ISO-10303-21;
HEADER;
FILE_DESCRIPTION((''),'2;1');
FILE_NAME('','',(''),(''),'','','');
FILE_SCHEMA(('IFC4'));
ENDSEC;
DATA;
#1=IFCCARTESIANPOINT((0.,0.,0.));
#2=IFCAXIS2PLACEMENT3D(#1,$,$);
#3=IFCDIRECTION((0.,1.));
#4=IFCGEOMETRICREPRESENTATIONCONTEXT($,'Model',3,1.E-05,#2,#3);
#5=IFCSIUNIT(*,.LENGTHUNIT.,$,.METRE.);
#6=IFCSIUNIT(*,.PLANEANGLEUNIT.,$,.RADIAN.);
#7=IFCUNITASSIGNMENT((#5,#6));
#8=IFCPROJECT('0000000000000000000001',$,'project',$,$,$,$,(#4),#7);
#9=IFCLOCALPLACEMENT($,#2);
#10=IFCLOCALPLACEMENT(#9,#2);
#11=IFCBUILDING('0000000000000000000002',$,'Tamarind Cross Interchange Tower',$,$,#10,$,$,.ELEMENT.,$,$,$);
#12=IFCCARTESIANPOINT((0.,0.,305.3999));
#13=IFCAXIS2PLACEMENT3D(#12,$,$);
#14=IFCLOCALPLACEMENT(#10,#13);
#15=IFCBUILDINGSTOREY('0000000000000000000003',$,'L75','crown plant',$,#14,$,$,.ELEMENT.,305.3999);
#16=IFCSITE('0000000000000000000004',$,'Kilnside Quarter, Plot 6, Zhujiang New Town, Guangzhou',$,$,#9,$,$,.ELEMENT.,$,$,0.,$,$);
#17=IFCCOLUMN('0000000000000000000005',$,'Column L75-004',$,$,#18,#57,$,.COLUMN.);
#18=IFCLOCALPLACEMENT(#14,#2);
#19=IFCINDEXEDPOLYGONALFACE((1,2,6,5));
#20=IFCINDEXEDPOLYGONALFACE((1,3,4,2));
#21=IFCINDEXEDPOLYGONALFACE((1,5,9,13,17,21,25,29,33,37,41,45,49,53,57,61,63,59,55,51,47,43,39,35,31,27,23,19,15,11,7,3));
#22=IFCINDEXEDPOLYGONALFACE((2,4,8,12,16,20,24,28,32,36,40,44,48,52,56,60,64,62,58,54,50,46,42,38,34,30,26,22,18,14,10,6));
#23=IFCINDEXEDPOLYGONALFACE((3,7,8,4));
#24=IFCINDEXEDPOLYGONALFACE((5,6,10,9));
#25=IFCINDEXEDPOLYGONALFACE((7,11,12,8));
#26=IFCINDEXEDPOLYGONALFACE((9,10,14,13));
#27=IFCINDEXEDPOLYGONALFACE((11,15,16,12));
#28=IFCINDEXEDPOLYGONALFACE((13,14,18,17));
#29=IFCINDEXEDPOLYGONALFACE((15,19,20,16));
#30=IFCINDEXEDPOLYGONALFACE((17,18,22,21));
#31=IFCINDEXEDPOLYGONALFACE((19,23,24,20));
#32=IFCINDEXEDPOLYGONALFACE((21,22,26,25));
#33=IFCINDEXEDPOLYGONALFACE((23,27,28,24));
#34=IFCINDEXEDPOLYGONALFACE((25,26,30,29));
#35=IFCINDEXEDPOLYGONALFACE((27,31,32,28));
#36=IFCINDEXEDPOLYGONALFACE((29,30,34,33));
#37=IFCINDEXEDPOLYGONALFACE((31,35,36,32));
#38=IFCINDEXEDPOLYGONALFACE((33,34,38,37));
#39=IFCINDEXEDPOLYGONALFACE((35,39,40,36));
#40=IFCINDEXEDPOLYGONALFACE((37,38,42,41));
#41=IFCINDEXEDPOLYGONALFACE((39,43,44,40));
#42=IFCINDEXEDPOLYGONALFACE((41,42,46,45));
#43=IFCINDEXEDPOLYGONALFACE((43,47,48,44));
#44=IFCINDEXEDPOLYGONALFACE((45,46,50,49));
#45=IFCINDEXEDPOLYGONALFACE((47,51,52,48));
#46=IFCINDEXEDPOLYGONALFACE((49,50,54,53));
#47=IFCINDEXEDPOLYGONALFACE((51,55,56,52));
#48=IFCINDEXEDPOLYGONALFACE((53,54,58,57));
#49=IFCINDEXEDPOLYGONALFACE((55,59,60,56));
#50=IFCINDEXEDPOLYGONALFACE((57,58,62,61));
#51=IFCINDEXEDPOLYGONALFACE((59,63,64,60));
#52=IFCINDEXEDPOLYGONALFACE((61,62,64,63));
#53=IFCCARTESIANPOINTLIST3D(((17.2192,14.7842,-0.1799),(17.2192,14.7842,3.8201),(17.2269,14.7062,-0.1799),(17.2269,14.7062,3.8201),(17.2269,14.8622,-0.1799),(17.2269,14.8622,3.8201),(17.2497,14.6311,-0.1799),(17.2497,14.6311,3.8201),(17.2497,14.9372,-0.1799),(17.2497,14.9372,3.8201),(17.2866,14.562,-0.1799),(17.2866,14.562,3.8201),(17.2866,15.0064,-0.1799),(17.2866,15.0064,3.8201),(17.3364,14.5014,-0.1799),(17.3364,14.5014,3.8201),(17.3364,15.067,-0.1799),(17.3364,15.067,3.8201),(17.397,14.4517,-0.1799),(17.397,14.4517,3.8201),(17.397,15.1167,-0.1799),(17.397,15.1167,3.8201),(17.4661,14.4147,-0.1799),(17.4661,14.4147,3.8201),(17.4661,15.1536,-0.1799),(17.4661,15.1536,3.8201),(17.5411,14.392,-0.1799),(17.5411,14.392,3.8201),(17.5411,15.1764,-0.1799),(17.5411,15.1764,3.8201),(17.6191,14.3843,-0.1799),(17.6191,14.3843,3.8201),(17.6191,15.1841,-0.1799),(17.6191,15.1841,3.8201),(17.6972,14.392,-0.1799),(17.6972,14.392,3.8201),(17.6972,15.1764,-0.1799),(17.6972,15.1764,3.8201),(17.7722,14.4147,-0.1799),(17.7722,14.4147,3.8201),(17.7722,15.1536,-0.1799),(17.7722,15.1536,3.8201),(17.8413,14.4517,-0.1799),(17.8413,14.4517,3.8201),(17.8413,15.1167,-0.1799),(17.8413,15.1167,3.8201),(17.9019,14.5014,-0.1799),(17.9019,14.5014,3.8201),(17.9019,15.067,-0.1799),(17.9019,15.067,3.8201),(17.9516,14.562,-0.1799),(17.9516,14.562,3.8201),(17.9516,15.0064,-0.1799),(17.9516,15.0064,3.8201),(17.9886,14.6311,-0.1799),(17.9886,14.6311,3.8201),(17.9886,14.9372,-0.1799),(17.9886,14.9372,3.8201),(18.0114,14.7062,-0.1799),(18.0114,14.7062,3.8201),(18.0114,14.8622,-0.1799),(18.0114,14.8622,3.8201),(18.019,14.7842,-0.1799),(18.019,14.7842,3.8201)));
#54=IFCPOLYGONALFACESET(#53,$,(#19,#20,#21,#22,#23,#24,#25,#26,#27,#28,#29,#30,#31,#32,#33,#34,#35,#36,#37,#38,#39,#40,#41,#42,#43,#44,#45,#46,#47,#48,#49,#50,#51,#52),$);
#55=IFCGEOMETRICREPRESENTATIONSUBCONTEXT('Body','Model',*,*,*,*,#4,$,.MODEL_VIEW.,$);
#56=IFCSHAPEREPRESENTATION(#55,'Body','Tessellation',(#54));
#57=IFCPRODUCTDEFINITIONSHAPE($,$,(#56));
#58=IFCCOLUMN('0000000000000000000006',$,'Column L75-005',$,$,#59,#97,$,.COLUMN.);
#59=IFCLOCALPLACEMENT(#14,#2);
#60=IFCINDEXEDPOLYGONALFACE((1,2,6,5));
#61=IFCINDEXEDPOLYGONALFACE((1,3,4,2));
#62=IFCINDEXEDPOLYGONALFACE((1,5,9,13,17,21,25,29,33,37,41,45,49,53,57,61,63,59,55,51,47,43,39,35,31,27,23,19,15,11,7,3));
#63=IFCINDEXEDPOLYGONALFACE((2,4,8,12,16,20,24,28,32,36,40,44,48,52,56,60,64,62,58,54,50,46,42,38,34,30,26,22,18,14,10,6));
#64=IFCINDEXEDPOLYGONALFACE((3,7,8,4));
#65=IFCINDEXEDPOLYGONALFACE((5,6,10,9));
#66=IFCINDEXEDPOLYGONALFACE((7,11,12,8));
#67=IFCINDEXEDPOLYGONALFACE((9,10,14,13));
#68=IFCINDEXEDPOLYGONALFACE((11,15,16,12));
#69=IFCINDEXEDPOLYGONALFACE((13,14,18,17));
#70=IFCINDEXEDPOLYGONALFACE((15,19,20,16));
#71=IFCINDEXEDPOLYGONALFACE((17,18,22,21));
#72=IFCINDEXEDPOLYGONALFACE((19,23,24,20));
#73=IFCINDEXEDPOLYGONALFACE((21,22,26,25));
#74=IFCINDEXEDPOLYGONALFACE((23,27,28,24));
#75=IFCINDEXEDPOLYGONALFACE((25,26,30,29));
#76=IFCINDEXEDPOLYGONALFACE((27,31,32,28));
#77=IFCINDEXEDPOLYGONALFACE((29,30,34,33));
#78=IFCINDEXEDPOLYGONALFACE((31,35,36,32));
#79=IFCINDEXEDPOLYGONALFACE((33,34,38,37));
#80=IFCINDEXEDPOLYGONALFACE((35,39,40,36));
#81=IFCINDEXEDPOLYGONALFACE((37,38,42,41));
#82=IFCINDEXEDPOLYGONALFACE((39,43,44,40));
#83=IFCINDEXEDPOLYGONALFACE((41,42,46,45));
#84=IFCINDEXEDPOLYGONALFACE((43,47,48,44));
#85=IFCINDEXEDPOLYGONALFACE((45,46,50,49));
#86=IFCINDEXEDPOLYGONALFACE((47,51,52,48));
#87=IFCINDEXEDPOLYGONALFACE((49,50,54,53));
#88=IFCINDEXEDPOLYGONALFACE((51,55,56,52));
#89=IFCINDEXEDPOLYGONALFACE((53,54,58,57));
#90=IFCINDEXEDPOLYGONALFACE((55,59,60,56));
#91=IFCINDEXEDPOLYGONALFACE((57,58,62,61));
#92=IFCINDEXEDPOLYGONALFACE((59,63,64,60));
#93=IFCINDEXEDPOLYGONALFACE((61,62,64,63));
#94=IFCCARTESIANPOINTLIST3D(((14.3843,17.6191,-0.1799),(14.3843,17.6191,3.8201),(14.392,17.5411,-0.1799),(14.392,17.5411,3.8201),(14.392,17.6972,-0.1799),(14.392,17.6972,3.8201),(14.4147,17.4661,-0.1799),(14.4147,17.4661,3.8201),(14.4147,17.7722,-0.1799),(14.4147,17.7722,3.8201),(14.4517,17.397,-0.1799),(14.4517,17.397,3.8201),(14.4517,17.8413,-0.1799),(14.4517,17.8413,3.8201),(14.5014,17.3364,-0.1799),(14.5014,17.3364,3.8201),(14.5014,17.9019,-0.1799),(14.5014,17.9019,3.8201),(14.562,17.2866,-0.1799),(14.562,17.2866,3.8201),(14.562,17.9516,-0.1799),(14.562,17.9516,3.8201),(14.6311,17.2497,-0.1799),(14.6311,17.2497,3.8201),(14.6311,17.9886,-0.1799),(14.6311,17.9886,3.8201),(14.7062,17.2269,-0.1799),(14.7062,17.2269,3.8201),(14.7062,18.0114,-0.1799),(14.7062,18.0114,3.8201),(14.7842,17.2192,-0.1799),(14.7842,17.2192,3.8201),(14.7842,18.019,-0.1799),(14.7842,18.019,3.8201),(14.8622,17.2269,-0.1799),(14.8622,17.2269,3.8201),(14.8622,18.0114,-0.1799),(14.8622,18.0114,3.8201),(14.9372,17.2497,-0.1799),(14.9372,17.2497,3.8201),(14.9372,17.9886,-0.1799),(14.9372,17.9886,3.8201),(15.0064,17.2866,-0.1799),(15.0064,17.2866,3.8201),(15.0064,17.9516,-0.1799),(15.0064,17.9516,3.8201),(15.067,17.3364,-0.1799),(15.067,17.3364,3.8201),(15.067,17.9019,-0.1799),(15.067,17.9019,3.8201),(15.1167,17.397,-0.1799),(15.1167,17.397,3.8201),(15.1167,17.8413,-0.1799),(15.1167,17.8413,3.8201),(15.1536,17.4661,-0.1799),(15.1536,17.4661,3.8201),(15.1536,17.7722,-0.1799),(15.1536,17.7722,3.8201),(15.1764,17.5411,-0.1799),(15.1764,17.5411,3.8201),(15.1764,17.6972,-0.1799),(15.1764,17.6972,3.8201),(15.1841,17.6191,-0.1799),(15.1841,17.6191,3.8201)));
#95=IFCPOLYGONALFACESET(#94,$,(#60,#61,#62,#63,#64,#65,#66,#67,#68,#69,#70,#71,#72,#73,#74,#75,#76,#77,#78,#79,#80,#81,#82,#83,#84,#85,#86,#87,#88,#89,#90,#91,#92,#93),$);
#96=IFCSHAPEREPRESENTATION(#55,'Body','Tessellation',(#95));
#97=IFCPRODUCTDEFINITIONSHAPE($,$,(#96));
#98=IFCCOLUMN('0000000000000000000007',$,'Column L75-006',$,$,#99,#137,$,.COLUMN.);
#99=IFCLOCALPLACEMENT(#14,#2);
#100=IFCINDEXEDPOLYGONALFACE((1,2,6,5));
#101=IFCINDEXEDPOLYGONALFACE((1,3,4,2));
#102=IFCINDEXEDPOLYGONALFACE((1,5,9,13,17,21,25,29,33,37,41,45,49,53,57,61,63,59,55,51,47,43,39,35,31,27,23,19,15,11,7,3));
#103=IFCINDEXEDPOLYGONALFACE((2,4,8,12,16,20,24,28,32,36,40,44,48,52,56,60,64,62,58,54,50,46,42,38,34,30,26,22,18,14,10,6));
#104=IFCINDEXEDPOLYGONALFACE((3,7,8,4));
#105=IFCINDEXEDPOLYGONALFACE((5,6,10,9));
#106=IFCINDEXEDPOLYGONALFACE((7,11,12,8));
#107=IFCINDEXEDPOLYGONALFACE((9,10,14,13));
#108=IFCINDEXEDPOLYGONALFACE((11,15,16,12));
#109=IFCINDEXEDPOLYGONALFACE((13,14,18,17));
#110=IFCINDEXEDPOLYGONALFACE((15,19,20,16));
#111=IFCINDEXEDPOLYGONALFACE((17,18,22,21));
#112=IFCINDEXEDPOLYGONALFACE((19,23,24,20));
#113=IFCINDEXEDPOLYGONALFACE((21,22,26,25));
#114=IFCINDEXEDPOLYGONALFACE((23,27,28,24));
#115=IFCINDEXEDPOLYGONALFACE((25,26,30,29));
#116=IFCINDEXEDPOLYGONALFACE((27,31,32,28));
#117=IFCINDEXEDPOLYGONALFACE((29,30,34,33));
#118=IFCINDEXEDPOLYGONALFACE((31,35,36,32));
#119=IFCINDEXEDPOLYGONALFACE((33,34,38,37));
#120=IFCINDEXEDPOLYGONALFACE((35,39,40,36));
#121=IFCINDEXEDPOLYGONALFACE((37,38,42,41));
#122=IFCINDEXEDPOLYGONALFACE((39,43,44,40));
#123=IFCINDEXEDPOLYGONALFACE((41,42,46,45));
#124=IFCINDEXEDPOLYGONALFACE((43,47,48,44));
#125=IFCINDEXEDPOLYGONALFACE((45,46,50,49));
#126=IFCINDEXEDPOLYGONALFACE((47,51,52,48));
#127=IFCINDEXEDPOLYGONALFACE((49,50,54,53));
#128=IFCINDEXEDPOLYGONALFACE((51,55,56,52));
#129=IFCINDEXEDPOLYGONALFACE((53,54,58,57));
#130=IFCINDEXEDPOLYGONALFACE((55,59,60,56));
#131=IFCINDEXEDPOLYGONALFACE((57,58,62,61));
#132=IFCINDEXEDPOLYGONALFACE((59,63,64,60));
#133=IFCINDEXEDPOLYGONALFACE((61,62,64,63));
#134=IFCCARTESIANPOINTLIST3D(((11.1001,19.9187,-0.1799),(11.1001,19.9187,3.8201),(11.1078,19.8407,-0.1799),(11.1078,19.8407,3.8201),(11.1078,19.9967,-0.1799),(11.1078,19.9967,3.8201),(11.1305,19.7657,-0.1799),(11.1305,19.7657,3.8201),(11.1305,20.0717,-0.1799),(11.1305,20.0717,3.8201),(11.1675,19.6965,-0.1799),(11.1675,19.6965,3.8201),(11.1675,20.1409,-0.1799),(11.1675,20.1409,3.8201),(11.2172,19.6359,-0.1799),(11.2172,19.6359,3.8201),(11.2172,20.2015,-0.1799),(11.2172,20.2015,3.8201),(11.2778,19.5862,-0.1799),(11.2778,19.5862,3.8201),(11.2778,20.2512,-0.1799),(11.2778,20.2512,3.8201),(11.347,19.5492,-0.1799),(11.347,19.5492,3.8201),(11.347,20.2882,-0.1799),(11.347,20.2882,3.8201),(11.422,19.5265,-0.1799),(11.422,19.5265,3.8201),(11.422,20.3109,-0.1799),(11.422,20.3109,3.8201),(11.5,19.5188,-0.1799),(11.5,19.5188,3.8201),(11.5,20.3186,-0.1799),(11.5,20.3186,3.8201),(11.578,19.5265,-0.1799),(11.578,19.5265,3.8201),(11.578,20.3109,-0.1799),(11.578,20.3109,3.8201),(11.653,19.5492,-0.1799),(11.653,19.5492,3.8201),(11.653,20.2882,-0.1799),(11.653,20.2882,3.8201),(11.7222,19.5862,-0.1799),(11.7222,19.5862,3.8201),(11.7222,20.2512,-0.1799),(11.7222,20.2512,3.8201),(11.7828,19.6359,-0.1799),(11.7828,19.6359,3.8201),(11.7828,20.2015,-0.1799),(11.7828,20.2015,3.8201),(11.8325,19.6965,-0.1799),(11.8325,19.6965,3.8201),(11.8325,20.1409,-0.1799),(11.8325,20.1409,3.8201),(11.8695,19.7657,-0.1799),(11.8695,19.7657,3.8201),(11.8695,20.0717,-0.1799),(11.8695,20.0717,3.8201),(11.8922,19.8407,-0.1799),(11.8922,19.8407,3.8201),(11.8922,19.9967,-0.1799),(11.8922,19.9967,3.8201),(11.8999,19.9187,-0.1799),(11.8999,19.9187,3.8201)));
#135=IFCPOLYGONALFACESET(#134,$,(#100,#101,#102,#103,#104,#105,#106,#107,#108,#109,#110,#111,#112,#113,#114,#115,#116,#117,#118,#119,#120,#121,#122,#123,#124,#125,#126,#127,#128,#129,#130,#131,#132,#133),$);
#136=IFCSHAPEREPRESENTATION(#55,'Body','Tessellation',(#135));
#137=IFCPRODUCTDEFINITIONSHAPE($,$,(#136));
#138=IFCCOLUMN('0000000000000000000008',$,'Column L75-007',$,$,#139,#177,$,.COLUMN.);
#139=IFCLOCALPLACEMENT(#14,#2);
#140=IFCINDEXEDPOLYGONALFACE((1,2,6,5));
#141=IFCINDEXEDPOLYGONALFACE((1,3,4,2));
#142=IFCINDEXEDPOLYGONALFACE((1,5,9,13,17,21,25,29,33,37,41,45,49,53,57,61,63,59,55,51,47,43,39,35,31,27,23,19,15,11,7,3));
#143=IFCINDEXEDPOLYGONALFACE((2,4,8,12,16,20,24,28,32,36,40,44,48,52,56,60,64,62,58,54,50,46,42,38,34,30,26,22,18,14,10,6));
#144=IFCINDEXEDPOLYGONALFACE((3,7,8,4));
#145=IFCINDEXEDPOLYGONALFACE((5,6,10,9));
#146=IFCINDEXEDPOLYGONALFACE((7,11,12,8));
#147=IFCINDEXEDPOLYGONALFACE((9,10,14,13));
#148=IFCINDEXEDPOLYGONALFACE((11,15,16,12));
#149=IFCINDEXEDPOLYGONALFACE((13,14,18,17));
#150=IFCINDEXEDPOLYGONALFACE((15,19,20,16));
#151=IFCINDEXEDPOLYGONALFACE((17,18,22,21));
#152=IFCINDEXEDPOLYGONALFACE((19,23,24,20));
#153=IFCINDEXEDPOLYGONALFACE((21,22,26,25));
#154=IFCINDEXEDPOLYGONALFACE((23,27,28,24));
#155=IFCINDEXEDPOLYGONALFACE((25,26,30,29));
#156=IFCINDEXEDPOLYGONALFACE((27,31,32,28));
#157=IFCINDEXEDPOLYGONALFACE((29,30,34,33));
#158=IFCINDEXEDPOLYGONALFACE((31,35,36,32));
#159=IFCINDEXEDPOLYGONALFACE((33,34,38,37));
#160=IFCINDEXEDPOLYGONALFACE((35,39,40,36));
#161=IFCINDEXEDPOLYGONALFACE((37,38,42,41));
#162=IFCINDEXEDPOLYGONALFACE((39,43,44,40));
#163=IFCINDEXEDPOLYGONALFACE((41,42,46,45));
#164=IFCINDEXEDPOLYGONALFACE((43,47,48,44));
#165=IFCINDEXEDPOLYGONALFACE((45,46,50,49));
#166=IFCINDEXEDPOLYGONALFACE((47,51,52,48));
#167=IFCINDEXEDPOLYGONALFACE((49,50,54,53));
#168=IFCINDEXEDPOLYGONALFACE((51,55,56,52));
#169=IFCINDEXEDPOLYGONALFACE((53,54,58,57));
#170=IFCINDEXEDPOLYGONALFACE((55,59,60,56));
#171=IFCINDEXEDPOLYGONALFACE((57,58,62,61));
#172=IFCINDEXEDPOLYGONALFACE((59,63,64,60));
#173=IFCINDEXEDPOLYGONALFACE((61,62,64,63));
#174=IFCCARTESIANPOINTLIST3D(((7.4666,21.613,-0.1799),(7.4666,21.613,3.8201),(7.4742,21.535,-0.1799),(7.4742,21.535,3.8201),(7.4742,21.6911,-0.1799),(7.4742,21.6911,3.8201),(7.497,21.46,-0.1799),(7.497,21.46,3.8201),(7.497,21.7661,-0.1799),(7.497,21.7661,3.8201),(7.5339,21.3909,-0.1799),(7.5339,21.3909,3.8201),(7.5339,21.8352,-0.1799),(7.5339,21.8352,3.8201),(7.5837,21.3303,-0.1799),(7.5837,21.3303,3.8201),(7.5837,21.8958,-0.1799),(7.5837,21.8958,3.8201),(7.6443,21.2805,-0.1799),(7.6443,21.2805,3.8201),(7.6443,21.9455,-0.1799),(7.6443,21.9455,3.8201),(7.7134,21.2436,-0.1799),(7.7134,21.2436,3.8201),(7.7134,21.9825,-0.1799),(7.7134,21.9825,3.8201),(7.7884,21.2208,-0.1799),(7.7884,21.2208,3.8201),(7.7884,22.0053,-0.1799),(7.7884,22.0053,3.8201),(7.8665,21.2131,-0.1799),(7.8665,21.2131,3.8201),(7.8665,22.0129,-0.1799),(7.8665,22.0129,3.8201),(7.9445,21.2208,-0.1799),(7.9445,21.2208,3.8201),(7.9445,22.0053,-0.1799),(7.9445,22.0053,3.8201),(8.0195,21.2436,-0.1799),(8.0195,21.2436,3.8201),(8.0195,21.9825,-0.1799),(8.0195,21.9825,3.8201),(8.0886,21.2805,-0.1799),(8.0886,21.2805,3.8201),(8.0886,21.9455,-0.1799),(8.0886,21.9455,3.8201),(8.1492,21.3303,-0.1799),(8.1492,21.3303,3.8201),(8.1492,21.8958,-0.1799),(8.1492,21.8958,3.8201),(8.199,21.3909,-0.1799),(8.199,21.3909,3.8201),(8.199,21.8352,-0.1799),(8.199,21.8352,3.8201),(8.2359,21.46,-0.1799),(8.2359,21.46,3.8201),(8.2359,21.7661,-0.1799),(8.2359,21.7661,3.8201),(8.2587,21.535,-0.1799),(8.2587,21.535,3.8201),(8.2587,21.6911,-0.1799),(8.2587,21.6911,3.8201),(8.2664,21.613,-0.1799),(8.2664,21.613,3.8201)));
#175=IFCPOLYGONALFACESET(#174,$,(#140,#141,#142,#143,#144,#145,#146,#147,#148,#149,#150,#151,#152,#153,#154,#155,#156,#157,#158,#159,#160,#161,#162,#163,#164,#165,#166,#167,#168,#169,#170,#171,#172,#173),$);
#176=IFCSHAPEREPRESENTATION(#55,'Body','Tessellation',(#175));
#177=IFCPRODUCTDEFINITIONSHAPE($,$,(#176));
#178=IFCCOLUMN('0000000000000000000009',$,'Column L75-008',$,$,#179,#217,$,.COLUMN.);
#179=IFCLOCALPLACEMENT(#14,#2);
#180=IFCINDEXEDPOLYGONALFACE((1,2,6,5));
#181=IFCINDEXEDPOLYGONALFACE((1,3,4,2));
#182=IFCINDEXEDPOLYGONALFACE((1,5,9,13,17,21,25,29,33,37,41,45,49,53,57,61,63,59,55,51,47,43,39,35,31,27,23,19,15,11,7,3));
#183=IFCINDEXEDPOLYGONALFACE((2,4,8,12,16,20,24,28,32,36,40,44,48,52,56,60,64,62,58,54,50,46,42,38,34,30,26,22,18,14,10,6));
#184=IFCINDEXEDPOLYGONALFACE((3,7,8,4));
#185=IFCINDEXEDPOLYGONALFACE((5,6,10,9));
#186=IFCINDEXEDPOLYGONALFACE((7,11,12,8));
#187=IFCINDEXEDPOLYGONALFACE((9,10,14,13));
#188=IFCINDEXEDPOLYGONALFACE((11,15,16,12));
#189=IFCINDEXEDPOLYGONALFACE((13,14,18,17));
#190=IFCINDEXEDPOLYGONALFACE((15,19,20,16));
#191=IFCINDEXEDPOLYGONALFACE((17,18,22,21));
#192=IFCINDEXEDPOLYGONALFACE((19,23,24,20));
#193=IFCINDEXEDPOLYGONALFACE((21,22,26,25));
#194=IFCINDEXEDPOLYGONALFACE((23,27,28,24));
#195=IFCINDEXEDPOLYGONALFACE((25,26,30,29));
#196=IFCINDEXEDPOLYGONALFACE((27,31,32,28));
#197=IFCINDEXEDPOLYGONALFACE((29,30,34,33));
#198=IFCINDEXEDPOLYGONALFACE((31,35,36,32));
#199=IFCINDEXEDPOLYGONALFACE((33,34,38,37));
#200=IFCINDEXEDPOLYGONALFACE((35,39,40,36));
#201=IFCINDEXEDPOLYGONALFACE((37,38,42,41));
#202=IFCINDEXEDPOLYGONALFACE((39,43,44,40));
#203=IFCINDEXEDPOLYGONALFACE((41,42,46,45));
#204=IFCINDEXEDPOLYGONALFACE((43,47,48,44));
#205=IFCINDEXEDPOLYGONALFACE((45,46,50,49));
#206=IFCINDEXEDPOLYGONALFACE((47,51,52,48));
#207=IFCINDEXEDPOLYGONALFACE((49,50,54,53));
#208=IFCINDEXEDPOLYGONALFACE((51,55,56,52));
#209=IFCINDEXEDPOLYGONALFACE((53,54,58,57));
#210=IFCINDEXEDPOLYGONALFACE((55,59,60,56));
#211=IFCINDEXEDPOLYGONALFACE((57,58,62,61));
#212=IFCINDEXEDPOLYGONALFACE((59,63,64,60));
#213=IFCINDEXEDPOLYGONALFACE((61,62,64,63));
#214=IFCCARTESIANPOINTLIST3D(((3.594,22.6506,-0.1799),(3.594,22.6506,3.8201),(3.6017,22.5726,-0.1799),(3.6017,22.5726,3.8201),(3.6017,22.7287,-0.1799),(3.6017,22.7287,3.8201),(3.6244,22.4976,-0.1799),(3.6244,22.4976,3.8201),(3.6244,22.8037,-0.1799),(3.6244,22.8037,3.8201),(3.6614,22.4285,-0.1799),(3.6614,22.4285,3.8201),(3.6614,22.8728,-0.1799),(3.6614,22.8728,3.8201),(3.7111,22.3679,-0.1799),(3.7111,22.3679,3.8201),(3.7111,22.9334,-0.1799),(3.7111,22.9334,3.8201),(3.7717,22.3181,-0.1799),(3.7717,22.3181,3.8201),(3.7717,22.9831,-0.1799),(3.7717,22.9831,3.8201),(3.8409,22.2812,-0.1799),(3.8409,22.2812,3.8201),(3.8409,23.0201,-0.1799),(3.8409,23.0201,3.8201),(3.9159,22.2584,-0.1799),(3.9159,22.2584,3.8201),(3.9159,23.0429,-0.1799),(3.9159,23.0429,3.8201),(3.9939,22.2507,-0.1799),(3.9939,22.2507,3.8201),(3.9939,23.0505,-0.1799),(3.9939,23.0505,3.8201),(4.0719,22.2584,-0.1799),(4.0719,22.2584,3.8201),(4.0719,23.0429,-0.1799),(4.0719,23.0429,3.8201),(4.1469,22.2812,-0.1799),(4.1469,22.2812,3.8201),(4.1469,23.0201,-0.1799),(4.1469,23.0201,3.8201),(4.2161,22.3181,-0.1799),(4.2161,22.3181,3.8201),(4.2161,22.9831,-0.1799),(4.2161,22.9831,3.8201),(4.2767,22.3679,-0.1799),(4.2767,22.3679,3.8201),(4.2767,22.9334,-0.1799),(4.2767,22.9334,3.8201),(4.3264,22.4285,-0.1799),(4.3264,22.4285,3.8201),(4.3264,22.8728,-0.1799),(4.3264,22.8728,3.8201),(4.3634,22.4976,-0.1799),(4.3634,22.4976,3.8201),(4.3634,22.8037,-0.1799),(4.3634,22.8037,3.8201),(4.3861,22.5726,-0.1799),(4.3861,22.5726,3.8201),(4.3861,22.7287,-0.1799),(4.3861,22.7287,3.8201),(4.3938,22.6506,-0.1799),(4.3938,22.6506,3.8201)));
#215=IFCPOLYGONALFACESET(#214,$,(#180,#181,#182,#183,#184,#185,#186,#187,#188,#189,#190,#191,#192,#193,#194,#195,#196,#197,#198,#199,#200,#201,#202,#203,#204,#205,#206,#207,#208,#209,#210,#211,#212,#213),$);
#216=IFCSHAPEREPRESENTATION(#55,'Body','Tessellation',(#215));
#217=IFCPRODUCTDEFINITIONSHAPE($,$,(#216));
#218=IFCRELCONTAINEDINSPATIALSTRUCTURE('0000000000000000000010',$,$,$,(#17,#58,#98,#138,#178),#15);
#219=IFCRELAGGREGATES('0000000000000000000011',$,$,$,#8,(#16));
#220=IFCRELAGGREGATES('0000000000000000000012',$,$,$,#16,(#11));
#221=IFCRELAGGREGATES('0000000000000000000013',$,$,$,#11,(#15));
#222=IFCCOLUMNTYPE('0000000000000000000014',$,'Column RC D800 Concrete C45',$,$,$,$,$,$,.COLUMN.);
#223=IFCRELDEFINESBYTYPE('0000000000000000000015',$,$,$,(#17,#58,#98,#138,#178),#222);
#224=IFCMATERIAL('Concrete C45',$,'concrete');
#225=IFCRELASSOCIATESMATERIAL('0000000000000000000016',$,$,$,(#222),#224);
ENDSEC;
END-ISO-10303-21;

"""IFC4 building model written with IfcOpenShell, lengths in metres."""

from ifc_helpers import new_model, si_unit, direction, frame, origin, origin_2d, place, context, subcontext, project, spatial, circle, extrude, material, material_profile, profile_set, type_object, element, save


model = new_model("IFC4")

# Units and contexts
model_context = context("Model", 3, precision=1e-05, world=origin(), true_north=direction((0.0, 1.0)))
body_context = subcontext(model_context, "Body", "Model", "MODEL_VIEW")
ifc_project = project(units=[si_unit("LENGTHUNIT", "METRE"), si_unit("PLANEANGLEUNIT", "RADIAN")], contexts=[model_context])

# Site, building, storey
site_placement = place(None, origin())
site = spatial("IfcSite", under=ifc_project, at=site_placement, Name="Kilnside Quarter, Plot 6, Zhujiang New Town, Guangzhou", CompositionType="ELEMENT", RefElevation=0.0)
building_placement = place(site_placement, origin())
building = spatial("IfcBuilding", under=site, at=building_placement, Name="Tamarind Cross Interchange Tower", CompositionType="ELEMENT")
storey_placement = place(building_placement, frame((0.0, 0.0, 305.3999)))
storey = spatial("IfcBuildingStorey", under=building, at=storey_placement, Name="L75", Description="crown plant", CompositionType="ELEMENT", Elevation=305.3999)

# Columns
ifc_material_1 = material(Name="Concrete C45", Category="concrete")
ifc_material_profile_1 = material_profile(ifc_material_1, circle(Radius=0.3999, at=origin_2d()), Name="RC D800")
ifc_profile_set_1 = profile_set([ifc_material_profile_1], Name="Concrete C45")
column_type = type_object("IfcColumnType", Name="Column RC D800 Concrete C45", PredefinedType="COLUMN", material=ifc_profile_set_1)
for number, where, z_axis, x_axis, name in (
    (1, (17.6191, 14.7842, -0.1799), (0.0, 0.0, 1.0), (1.0, 0.0, 0.0), "Column L75-004"),
    (2, (14.7842, 17.6191, -0.1799), (0.0, 0.0, 1.0), (1.0, 0.0, 0.0), "Column L75-005"),
    (3, (11.5, 19.9187, -0.1799), (0.0, 0.0, 1.0), (1.0, 0.0, 0.0), "Column L75-006"),
    (4, (7.8665, 21.613, -0.1799), (0.0, 0.0, 1.0), (1.0, 0.0, 0.0), "Column L75-007"),
    (5, (3.9939, 22.6506, -0.1799), (0.0, 0.0, 1.0), (1.0, 0.0, 0.0), "Column L75-008"),
):
    element("IfcColumn", number, at=place(storey_placement, frame(where, z_axis=z_axis, x_axis=x_axis)), inside=storey, type_object=column_type, Name=name, PredefinedType="COLUMN", context=body_context, shape_type="SweptSolid", body=[
        extrude(circle(Radius=0.3999, at=origin_2d()), origin(), (0.0, 0.0, 1.0), 4.0),
    ])

save(model, "model.ifc")
